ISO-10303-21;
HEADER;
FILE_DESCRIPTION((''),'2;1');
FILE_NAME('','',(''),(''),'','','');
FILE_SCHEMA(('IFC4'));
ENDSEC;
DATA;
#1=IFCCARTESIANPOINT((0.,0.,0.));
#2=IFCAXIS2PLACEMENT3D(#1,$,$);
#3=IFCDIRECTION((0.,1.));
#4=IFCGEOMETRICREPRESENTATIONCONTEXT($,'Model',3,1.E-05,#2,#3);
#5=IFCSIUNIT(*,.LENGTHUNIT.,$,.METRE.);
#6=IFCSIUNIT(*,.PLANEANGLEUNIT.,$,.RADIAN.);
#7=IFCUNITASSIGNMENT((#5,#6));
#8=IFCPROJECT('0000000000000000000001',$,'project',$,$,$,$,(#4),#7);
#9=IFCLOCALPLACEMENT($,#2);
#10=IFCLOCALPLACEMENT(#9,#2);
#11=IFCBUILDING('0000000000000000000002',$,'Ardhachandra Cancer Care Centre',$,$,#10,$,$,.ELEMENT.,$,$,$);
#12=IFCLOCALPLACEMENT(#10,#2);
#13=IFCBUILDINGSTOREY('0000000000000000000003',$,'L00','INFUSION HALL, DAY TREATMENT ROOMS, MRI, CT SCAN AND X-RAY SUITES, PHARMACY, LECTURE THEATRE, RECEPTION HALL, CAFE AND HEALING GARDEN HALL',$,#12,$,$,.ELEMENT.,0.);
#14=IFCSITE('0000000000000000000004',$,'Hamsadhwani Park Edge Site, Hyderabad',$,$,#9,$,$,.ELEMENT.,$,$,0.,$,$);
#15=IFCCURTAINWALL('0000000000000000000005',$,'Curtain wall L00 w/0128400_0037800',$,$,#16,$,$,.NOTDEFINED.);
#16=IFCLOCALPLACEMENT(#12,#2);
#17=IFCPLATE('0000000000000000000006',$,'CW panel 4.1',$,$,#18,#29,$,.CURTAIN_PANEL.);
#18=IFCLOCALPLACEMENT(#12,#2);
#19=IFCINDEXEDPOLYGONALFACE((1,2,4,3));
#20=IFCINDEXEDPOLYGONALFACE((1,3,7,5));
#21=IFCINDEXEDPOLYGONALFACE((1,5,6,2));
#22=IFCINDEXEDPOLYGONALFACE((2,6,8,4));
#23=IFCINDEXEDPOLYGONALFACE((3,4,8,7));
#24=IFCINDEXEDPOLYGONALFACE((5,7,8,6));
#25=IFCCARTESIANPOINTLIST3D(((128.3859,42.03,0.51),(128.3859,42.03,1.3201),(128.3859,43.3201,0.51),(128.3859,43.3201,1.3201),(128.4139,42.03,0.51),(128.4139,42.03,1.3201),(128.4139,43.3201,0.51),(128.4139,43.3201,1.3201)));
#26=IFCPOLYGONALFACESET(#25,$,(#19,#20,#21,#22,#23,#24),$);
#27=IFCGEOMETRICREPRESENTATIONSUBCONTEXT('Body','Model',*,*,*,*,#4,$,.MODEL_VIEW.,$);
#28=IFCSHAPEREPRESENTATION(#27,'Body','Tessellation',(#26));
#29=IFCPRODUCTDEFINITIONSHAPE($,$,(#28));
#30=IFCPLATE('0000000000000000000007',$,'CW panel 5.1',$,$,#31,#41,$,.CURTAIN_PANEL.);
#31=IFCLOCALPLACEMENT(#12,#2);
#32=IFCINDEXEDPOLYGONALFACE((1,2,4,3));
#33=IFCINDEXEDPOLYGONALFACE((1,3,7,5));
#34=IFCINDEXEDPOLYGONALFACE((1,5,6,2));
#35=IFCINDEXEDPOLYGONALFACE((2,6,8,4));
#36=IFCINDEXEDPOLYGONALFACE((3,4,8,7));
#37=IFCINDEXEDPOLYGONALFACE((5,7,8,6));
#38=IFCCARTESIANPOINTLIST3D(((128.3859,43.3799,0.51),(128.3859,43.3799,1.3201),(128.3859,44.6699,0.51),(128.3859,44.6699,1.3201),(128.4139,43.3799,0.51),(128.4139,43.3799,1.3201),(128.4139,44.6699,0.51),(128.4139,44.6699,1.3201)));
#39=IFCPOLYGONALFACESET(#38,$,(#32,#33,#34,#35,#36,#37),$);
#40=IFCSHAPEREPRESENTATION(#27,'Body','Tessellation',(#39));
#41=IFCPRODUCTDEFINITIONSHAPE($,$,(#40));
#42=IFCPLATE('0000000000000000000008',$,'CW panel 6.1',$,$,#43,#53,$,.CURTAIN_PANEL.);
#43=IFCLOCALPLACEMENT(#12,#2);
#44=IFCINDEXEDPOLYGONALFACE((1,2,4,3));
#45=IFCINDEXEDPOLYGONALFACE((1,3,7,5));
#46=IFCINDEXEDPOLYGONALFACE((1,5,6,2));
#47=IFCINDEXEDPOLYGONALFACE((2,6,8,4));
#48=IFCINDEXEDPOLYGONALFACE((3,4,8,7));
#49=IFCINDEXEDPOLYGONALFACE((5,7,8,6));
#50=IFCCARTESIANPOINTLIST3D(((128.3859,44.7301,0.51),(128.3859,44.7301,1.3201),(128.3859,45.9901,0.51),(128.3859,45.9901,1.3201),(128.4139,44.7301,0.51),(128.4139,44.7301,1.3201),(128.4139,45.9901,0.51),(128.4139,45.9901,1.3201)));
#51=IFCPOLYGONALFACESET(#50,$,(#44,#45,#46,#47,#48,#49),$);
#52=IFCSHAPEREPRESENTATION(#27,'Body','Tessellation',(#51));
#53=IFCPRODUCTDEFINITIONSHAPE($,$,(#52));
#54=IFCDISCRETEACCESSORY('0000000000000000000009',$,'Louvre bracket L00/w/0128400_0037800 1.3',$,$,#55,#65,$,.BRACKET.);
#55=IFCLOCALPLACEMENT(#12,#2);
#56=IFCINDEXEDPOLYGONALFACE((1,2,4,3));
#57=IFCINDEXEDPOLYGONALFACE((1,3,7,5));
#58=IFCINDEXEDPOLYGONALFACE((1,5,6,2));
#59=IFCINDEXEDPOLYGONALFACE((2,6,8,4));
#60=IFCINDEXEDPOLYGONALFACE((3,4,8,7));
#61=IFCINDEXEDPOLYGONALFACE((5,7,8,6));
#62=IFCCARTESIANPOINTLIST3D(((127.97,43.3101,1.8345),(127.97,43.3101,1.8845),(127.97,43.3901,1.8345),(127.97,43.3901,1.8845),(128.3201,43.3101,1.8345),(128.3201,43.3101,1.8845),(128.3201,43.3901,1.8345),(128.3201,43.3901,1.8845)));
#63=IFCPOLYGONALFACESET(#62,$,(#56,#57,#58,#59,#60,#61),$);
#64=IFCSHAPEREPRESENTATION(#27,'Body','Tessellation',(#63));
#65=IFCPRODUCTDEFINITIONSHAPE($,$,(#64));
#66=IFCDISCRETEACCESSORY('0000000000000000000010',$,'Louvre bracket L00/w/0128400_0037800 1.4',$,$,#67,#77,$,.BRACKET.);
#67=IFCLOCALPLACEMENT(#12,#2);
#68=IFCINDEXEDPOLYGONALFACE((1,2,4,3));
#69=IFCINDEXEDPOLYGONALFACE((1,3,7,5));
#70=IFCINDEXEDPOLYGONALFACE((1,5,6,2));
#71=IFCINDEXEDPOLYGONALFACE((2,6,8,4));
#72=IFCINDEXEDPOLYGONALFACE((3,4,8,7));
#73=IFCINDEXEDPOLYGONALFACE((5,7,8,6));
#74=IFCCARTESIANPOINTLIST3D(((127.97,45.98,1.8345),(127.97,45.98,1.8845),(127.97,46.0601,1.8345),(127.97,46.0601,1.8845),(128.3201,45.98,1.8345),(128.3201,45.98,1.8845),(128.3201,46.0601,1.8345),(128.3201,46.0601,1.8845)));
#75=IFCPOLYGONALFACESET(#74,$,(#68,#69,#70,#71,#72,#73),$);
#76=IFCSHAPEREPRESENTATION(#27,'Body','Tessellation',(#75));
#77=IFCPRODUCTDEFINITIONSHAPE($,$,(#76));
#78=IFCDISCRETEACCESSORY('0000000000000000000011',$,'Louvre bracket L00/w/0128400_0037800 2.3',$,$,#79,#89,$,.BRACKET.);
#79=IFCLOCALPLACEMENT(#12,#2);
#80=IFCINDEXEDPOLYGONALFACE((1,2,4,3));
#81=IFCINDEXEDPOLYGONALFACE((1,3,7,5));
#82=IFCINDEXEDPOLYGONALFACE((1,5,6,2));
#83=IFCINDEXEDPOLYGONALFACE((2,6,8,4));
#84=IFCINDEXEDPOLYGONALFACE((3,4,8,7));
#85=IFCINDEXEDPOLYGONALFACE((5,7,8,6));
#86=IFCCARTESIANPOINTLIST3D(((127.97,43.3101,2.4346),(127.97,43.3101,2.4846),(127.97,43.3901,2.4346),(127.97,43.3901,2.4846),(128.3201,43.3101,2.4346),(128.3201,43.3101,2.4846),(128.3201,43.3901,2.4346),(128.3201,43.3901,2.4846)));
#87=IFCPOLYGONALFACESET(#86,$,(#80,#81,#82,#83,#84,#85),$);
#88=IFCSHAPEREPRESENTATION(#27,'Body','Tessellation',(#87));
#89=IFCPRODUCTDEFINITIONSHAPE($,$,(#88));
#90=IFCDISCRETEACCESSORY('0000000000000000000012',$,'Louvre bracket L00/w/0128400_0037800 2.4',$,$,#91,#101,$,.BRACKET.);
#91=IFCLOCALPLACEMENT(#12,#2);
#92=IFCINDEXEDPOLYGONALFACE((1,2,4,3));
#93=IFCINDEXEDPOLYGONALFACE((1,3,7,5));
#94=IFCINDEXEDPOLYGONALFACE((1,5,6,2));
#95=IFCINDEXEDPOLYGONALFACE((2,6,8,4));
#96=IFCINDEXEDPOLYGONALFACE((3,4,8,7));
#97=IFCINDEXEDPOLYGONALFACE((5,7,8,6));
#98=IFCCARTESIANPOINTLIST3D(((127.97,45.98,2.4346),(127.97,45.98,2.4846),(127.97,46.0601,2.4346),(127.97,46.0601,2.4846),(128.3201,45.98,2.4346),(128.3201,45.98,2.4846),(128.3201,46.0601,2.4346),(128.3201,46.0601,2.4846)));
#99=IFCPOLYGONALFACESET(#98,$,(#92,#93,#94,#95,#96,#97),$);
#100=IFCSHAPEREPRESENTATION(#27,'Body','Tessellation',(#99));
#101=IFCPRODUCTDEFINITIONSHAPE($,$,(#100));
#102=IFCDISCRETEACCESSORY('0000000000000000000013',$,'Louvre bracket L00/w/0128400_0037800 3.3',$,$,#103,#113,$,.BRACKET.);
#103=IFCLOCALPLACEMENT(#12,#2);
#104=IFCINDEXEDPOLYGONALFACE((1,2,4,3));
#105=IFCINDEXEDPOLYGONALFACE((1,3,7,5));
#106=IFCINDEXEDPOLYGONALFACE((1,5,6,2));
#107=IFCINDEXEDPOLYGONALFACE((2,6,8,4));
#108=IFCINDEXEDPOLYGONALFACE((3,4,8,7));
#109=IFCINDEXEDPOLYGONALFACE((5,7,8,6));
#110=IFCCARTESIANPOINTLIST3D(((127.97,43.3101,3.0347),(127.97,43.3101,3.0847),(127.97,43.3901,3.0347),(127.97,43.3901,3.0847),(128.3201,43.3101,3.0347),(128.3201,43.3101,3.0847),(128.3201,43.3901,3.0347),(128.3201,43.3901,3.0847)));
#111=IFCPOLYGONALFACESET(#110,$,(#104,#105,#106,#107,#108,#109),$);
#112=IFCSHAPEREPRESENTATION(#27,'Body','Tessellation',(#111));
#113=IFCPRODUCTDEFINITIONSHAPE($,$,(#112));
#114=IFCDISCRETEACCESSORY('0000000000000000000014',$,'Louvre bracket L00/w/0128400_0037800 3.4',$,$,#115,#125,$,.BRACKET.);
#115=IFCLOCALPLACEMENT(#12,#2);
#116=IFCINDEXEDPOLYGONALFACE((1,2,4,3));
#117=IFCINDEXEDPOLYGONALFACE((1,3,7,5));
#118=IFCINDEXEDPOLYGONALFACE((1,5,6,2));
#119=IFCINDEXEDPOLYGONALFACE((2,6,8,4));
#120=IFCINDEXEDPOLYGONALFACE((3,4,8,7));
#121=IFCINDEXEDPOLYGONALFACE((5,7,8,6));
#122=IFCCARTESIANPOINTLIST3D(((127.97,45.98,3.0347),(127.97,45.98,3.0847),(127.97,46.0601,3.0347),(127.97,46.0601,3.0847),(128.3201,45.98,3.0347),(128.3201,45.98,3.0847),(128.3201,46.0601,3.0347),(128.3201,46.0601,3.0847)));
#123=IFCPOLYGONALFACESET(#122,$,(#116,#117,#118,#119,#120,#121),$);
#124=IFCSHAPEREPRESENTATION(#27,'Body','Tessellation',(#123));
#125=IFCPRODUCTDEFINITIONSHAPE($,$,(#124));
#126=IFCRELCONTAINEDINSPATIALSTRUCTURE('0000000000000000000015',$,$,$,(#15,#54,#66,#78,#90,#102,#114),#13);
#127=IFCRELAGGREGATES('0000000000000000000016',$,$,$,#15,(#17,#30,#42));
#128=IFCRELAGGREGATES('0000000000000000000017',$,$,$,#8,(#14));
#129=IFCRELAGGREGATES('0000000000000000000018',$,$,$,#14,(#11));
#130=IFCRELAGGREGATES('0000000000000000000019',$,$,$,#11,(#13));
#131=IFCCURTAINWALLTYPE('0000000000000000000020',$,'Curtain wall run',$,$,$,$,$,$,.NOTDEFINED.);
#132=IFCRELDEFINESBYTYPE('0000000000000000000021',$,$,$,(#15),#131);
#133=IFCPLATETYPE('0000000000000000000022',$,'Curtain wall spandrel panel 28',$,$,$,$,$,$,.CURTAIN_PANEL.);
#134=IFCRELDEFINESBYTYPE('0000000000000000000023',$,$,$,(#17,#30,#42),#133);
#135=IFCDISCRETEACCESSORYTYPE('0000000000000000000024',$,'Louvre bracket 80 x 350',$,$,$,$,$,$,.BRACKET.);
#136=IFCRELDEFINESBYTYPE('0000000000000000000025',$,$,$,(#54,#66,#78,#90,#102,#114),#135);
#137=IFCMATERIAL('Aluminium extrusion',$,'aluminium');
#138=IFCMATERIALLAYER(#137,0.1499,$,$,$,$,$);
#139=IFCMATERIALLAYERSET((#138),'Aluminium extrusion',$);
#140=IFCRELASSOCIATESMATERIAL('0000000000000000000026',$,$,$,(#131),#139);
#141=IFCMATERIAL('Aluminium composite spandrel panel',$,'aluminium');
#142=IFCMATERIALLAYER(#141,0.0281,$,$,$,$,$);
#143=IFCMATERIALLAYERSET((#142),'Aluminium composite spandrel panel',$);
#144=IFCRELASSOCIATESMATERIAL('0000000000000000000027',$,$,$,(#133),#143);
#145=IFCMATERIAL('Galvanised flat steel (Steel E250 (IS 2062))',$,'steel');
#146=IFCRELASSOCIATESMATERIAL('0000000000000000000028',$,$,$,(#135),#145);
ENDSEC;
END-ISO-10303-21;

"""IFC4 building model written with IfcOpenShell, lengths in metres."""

from ifc_helpers import new_model, si_unit, direction, frame, origin, origin_2d, place, context, subcontext, project, spatial, rectangle, extrude, material, layer, layer_set, type_object, element, aggregate, save


model = new_model("IFC4")

# Units and contexts
model_context = context("Model", 3, precision=1e-05, world=origin(), true_north=direction((0.0, 1.0)))
body_context = subcontext(model_context, "Body", "Model", "MODEL_VIEW")
ifc_project = project(units=[si_unit("LENGTHUNIT", "METRE"), si_unit("PLANEANGLEUNIT", "RADIAN")], contexts=[model_context])

# Site, building, storey
site_placement = place(None, origin())
site = spatial("IfcSite", under=ifc_project, at=site_placement, Name="Hamsadhwani Park Edge Site, Hyderabad", CompositionType="ELEMENT", RefElevation=0.0)
building_placement = place(site_placement, origin())
building = spatial("IfcBuilding", under=site, at=building_placement, Name="Ardhachandra Cancer Care Centre", CompositionType="ELEMENT")
storey_placement = place(building_placement, origin())
storey = spatial("IfcBuildingStorey", under=building, at=storey_placement, Name="L00", Description="INFUSION HALL, DAY TREATMENT ROOMS, MRI, CT SCAN AND X-RAY SUITES, PHARMACY, LECTURE THEATRE, RECEPTION HALL, CAFE AND HEALING GARDEN HALL", CompositionType="ELEMENT", Elevation=0.0)

# Curtain wall, plates
ifc_material_1 = material(Name="Aluminium extrusion", Category="aluminium")
ifc_layer_1 = layer(ifc_material_1, 0.1499)
ifc_layer_set_1 = layer_set([ifc_layer_1], Name="Aluminium extrusion")
curtain_wall_type = type_object("IfcCurtainWallType", Name="Curtain wall run", PredefinedType="NOTDEFINED", material=ifc_layer_set_1)
curtain_wall_placement = place(storey_placement, origin())
curtain_wall = element("IfcCurtainWall", 1, at=curtain_wall_placement, inside=storey, type_object=curtain_wall_type, Name="Curtain wall L00 w/0128400_0037800", PredefinedType="NOTDEFINED")
ifc_material_2 = material(Name="Aluminium composite spandrel panel", Category="aluminium")
ifc_layer_2 = layer(ifc_material_2, 0.0281)
ifc_layer_set_2 = layer_set([ifc_layer_2], Name="Aluminium composite spandrel panel")
plate_type_1 = type_object("IfcPlateType", Name="Curtain wall spandrel panel 28", PredefinedType="CURTAIN_PANEL", material=ifc_layer_set_2)
plate_1_placement = place(storey_placement, frame((128.3999, 42.675, 0.51), z_axis=(0.0, 0.0, 1.0), x_axis=(0.0, 1.0, 0.0)))
plate_1 = element("IfcPlate", 2, at=plate_1_placement, type_object=plate_type_1, Name="CW panel 4.1", PredefinedType="CURTAIN_PANEL", context=body_context, shape_type="SweptSolid", body=[
    extrude(rectangle(XDim=1.29, YDim=0.0281, at=origin_2d()), origin(), (0.0, 0.0, 1.0), 0.8101),
])
plate_2_placement = place(storey_placement, frame((128.3999, 44.0249, 0.51), z_axis=(0.0, 0.0, 1.0), x_axis=(0.0, 1.0, 0.0)))
plate_2 = element("IfcPlate", 3, at=plate_2_placement, type_object=plate_type_1, Name="CW panel 5.1", PredefinedType="CURTAIN_PANEL", context=body_context, shape_type="SweptSolid", body=[
    extrude(rectangle(XDim=1.29, YDim=0.0281, at=origin_2d()), origin(), (0.0, 0.0, 1.0), 0.8101),
])
plate_3_placement = place(storey_placement, frame((128.3999, 45.3601, 0.51), z_axis=(0.0, 0.0, 1.0), x_axis=(0.0, 1.0, 0.0)))
plate_3 = element("IfcPlate", 4, at=plate_3_placement, type_object=plate_type_1, Name="CW panel 6.1", PredefinedType="CURTAIN_PANEL", context=body_context, shape_type="SweptSolid", body=[
    extrude(rectangle(XDim=1.26, YDim=0.0281, at=origin_2d()), origin(), (0.0, 0.0, 1.0), 0.8101),
])
aggregate(curtain_wall, [plate_1, plate_2, plate_3])

# Discrete accessories
ifc_material_3 = material(Name="Galvanised flat steel (Steel E250 (IS 2062))", Category="steel")
discrete_accessory_type = type_object("IfcDiscreteAccessoryType", Name="Louvre bracket 80 x 350", PredefinedType="BRACKET", material=ifc_material_3)
for number, where, z_axis, x_axis, name in (
    (5, (128.145, 43.3501, 1.8345), (0.0, 0.0, 1.0), (0.0, 1.0, 0.0), "Louvre bracket L00/w/0128400_0037800 1.3"),
    (6, (128.145, 46.02, 1.8345), (0.0, 0.0, 1.0), (0.0, 1.0, 0.0), "Louvre bracket L00/w/0128400_0037800 1.4"),
    (7, (128.145, 43.3501, 2.4346), (0.0, 0.0, 1.0), (0.0, 1.0, 0.0), "Louvre bracket L00/w/0128400_0037800 2.3"),
    (8, (128.145, 46.02, 2.4346), (0.0, 0.0, 1.0), (0.0, 1.0, 0.0), "Louvre bracket L00/w/0128400_0037800 2.4"),
    (9, (128.145, 43.3501, 3.0347), (0.0, 0.0, 1.0), (0.0, 1.0, 0.0), "Louvre bracket L00/w/0128400_0037800 3.3"),
    (10, (128.145, 46.02, 3.0347), (0.0, 0.0, 1.0), (0.0, 1.0, 0.0), "Louvre bracket L00/w/0128400_0037800 3.4"),
):
    element("IfcDiscreteAccessory", number, at=place(storey_placement, frame(where, z_axis=z_axis, x_axis=x_axis)), inside=storey, type_object=discrete_accessory_type, Name=name, PredefinedType="BRACKET", context=body_context, shape_type="SweptSolid", body=[
        extrude(rectangle(XDim=0.0801, YDim=0.3501, at=origin_2d()), origin(), (0.0, 0.0, 1.0), 0.05),
    ])

save(model, "model.ifc")
